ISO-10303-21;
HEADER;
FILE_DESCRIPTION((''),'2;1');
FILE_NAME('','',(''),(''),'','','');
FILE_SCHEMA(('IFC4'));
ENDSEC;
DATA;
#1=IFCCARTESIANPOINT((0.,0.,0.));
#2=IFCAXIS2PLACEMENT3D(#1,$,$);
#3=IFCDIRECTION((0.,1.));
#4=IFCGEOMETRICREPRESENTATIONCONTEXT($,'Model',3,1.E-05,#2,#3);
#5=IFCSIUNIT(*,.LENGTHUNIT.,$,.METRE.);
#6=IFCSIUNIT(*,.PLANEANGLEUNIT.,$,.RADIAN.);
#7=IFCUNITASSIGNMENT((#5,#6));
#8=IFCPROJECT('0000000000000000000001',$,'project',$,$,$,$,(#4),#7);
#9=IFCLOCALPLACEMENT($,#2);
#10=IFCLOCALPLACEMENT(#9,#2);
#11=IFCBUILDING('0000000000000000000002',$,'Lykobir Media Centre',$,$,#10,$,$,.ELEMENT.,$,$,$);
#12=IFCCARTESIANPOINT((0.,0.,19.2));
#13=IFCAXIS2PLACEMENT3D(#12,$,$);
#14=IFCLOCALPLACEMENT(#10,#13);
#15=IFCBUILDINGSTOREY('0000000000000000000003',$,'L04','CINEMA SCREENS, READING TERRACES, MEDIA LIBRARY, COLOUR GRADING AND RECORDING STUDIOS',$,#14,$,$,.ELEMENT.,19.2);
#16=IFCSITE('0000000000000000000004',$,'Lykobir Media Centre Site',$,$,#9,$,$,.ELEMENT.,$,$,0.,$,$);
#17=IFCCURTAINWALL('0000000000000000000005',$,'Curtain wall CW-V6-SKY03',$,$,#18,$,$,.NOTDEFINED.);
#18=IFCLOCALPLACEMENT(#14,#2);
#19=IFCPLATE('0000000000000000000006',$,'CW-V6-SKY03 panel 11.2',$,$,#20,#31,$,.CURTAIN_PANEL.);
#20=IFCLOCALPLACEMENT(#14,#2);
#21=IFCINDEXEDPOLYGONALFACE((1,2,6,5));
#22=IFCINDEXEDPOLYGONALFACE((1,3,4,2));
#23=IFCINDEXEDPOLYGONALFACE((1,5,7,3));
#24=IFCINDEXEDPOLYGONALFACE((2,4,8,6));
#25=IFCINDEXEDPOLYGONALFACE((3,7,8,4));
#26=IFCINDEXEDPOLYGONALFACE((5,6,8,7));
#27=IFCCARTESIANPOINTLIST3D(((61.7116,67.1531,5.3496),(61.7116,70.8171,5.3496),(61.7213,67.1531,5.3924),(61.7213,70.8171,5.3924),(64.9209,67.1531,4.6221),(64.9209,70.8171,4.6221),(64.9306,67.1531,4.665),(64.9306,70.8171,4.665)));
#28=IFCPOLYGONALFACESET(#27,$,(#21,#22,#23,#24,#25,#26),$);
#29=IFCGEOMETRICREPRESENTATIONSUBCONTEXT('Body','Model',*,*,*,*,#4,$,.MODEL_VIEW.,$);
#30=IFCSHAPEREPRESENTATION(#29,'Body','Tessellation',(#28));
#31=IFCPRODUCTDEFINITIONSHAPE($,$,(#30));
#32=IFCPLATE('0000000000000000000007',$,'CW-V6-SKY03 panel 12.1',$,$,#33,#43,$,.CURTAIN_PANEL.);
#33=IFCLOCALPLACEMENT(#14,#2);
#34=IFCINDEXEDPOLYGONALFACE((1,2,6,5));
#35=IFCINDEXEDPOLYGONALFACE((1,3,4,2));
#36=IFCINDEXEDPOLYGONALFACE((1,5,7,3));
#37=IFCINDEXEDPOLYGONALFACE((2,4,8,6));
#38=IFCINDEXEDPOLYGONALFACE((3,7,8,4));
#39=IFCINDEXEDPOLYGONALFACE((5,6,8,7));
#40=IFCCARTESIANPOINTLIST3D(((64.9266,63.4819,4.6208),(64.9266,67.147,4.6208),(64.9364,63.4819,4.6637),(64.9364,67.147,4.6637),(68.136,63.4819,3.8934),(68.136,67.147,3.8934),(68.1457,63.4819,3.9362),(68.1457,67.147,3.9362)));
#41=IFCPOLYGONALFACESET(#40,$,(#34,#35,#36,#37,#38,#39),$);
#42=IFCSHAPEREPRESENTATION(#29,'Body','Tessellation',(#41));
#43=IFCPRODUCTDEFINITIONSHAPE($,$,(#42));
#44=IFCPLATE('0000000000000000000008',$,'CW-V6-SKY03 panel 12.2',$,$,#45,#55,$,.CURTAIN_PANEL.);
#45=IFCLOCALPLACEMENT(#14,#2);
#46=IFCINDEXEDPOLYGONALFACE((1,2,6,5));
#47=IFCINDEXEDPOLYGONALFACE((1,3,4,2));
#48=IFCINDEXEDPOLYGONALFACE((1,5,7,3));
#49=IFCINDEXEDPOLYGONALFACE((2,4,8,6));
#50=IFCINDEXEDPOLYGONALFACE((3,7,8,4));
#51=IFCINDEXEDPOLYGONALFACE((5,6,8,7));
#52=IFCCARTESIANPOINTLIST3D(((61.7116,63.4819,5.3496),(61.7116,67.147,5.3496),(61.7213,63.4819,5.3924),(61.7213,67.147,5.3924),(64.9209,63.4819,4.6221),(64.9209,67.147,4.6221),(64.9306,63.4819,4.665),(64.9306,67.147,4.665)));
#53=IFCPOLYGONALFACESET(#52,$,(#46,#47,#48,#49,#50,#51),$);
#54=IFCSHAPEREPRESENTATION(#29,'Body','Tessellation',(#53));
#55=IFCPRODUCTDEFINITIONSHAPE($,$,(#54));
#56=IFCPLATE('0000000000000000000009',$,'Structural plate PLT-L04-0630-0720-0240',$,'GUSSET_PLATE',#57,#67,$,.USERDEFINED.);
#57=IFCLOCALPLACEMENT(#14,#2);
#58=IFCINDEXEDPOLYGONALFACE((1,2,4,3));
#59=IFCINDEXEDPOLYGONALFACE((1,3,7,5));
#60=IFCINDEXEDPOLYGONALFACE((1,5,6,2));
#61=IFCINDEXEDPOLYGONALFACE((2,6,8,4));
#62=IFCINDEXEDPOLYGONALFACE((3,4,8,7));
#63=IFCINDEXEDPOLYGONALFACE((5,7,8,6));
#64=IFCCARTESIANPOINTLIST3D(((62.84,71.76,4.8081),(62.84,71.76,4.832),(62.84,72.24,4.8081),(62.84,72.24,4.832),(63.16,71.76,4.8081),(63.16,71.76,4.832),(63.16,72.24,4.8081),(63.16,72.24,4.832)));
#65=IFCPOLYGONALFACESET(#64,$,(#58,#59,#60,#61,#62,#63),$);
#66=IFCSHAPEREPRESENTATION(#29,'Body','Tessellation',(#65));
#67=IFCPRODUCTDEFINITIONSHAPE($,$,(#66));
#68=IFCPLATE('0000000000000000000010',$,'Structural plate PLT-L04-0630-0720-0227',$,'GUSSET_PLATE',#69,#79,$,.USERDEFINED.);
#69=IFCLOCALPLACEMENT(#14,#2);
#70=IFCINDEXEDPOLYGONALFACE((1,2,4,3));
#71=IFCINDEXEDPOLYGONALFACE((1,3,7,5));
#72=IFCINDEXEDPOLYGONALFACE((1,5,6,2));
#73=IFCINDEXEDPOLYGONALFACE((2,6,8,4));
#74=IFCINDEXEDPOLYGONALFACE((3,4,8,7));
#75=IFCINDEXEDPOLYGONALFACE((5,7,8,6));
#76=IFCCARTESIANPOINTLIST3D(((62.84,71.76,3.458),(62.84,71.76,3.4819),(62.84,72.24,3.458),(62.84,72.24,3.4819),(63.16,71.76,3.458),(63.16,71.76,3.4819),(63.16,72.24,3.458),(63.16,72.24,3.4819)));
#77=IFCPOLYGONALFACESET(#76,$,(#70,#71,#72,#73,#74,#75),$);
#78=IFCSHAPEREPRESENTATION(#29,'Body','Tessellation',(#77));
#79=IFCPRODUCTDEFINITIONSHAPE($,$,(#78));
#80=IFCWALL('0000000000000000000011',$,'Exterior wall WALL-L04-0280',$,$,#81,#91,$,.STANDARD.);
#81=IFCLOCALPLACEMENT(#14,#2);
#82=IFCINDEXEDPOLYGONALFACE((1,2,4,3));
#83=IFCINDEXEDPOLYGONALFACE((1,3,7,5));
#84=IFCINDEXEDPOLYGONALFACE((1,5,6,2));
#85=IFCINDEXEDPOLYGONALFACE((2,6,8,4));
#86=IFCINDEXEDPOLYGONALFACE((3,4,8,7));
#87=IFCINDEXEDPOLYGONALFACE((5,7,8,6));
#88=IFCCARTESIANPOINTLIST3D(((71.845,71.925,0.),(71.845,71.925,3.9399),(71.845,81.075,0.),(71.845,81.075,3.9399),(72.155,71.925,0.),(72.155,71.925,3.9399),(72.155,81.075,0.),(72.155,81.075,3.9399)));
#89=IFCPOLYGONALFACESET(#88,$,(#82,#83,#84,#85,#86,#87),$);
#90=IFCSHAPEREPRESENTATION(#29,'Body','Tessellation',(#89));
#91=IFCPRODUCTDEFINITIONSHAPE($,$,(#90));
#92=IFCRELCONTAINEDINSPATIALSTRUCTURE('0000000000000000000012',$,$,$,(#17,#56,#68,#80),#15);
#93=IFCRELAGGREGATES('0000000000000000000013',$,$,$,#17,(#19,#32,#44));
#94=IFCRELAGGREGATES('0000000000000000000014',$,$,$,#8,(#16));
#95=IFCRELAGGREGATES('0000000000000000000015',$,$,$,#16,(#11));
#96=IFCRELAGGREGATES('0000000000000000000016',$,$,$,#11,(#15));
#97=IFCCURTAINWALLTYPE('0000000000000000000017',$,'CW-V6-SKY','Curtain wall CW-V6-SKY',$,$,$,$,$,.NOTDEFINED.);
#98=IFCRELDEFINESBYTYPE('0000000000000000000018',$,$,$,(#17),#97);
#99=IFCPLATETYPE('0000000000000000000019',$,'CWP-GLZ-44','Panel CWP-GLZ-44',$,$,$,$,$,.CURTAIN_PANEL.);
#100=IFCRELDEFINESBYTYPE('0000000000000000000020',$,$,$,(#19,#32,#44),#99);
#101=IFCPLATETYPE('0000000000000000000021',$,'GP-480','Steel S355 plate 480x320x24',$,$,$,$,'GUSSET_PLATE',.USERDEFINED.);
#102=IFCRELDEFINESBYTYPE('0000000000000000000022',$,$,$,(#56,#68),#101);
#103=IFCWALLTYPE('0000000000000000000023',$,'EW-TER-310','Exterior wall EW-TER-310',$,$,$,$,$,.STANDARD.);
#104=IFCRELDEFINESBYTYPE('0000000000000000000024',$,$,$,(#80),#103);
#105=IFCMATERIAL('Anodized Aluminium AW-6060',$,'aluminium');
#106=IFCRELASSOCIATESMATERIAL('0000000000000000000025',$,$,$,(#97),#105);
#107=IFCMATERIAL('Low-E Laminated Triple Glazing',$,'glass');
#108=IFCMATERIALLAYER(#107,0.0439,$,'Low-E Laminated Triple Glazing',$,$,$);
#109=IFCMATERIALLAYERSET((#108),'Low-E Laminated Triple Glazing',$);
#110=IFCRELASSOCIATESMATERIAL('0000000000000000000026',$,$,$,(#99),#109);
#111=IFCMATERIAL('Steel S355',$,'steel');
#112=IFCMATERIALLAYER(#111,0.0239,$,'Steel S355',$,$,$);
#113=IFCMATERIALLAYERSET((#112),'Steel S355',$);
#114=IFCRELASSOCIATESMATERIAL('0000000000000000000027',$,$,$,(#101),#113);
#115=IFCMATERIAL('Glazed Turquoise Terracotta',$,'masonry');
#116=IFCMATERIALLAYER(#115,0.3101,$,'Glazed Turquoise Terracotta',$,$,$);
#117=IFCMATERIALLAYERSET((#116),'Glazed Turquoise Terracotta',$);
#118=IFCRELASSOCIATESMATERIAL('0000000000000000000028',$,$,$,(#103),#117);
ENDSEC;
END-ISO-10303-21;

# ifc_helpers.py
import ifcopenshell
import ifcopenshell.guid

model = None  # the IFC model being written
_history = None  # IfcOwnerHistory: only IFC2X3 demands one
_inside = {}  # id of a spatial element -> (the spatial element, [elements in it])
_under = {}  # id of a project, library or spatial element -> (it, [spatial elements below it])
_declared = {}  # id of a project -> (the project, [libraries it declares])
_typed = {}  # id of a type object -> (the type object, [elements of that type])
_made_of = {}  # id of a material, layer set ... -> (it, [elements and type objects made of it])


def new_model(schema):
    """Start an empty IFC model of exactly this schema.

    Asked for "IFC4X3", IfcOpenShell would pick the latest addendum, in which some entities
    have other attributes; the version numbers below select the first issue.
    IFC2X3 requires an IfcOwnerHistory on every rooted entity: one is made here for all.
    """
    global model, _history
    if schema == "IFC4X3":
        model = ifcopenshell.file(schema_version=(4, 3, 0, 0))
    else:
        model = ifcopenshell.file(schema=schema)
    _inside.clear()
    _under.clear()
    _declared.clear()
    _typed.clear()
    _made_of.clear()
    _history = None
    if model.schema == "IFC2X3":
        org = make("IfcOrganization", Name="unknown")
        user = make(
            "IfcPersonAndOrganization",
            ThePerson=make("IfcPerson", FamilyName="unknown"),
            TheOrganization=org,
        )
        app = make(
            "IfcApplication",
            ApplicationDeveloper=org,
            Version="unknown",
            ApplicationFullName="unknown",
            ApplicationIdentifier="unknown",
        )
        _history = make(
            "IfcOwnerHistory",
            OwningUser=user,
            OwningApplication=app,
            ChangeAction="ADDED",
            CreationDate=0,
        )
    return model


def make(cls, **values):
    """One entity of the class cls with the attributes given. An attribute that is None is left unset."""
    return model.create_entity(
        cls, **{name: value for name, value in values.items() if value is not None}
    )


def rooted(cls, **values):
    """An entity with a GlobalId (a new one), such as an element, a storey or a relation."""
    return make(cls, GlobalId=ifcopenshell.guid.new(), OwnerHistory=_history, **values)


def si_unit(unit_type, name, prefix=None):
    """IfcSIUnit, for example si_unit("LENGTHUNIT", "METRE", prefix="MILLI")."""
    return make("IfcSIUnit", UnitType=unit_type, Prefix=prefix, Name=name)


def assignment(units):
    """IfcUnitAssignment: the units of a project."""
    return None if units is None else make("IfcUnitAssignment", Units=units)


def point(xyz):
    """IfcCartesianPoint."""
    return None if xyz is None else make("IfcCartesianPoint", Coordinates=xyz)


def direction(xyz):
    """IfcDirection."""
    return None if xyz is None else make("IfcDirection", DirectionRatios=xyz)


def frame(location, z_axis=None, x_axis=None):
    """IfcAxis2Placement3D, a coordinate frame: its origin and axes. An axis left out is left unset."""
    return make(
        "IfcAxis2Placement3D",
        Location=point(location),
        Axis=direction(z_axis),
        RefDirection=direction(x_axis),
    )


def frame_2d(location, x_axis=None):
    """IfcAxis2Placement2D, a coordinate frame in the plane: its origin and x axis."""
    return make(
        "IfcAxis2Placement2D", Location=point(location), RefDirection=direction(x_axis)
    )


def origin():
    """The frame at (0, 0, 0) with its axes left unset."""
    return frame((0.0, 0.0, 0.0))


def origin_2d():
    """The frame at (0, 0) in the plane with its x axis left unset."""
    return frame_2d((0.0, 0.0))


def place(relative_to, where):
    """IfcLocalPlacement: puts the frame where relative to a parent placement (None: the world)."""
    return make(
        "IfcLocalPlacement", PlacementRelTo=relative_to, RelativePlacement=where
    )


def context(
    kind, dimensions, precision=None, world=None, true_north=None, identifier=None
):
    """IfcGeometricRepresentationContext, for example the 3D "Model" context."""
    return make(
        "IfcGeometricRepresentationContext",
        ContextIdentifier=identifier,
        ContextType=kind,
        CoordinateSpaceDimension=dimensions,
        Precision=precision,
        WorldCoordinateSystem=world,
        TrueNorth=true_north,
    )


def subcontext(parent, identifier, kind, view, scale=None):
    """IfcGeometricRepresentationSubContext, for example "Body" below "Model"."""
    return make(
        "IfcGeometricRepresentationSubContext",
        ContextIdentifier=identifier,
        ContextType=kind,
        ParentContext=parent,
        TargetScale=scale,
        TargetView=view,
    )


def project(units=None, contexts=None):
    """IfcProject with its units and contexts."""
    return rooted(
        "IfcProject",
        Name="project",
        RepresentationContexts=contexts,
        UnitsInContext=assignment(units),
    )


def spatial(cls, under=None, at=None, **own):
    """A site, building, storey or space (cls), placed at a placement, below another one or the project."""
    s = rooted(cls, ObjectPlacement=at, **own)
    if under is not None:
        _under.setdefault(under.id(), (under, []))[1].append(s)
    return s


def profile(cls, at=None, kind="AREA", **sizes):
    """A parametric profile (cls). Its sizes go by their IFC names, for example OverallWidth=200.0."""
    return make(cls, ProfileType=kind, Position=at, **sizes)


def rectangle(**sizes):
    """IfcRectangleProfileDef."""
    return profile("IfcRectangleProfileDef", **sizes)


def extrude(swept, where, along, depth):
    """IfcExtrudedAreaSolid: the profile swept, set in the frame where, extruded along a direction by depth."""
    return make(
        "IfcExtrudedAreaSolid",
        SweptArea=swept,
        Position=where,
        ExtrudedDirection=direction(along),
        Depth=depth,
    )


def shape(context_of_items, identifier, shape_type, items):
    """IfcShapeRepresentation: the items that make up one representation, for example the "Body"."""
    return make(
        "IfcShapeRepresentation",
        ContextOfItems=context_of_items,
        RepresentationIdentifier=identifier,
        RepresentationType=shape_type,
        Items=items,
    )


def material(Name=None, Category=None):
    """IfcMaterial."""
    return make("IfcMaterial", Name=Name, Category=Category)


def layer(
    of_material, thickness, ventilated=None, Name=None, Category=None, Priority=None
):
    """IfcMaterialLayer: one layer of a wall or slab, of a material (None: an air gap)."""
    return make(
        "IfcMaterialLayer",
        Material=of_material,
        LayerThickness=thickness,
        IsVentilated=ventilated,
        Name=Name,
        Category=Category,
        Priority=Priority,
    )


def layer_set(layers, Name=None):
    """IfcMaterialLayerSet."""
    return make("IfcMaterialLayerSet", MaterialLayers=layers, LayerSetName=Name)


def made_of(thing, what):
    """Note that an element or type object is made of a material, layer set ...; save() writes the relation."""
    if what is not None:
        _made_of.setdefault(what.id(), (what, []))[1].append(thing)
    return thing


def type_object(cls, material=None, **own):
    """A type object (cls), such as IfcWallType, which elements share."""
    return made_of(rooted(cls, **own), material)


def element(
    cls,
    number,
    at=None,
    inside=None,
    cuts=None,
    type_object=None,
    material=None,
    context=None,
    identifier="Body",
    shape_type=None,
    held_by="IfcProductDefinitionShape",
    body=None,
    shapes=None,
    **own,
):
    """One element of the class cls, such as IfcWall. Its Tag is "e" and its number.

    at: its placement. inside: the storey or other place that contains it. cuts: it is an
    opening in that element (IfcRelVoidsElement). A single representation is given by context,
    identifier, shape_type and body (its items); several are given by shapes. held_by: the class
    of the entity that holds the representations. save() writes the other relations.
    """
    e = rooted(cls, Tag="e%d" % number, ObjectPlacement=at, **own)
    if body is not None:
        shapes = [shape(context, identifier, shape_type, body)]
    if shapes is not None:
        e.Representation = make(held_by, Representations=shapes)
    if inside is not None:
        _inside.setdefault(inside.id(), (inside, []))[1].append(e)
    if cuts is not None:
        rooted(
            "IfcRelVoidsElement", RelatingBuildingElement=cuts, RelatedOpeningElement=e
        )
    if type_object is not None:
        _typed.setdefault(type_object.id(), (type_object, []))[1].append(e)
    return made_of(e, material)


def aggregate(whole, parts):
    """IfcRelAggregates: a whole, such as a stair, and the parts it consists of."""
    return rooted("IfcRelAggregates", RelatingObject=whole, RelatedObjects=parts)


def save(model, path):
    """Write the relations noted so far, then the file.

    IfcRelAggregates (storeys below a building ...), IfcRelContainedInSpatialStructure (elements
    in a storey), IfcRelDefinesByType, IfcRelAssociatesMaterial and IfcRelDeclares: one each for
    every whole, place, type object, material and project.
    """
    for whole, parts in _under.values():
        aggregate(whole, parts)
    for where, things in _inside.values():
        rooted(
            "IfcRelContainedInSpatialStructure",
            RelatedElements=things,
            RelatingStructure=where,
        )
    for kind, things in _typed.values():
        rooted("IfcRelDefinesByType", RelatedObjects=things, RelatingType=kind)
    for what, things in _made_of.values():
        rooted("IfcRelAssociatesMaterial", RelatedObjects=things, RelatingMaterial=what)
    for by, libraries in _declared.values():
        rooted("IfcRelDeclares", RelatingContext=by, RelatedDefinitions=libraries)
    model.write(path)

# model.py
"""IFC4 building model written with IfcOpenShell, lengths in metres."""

from ifc_helpers import new_model, si_unit, direction, frame, frame_2d, origin, origin_2d, place, context, subcontext, project, spatial, rectangle, extrude, material, layer, layer_set, type_object, element, aggregate, save


model = new_model("IFC4")

# Units and contexts
model_context = context("Model", 3, precision=1e-05, world=origin(), true_north=direction((0.0, 1.0)))
body_context = subcontext(model_context, "Body", "Model", "MODEL_VIEW")
ifc_project = project(units=[si_unit("LENGTHUNIT", "METRE"), si_unit("PLANEANGLEUNIT", "RADIAN")], contexts=[model_context])

# Site, building, storey
site_placement = place(None, origin())
site = spatial("IfcSite", under=ifc_project, at=site_placement, Name="Lykobir Media Centre Site", CompositionType="ELEMENT", RefElevation=0.0)
building_placement = place(site_placement, origin())
building = spatial("IfcBuilding", under=site, at=building_placement, Name="Lykobir Media Centre", CompositionType="ELEMENT")
storey_placement = place(building_placement, frame((0.0, 0.0, 19.2)))
storey = spatial("IfcBuildingStorey", under=building, at=storey_placement, Name="L04", Description="CINEMA SCREENS, READING TERRACES, MEDIA LIBRARY, COLOUR GRADING AND RECORDING STUDIOS", CompositionType="ELEMENT", Elevation=19.2)

# Shared definitions
ifc_material_1 = material(Name="Steel S355", Category="steel")

# Curtain wall
ifc_material_2 = material(Name="Anodized Aluminium AW-6060", Category="aluminium")
curtain_wall_type_1 = type_object("IfcCurtainWallType", Name="CW-V6-SKY", Description="Curtain wall CW-V6-SKY", PredefinedType="NOTDEFINED", material=ifc_material_2)
curtain_wall_1_placement = place(storey_placement, origin())
curtain_wall_1 = element("IfcCurtainWall", 1, at=curtain_wall_1_placement, inside=storey, type_object=curtain_wall_type_1, Name="Curtain wall CW-V6-SKY03", PredefinedType="NOTDEFINED")

# Plates
ifc_material_3 = material(Name="Low-E Laminated Triple Glazing", Category="glass")
ifc_layer_1 = layer(ifc_material_3, 0.0439, Name="Low-E Laminated Triple Glazing")
ifc_layer_set_1 = layer_set([ifc_layer_1], Name="Low-E Laminated Triple Glazing")
plate_type_1 = type_object("IfcPlateType", Name="CWP-GLZ-44", Description="Panel CWP-GLZ-44", PredefinedType="CURTAIN_PANEL", material=ifc_layer_set_1)
plate_1_placement = place(storey_placement, frame((64.9258, 68.9851, 4.6436), z_axis=(-0.975261, 0.0, 0.221055), x_axis=(0.0, -1.0, 0.0)))
plate_1 = element("IfcPlate", 2, at=plate_1_placement, type_object=plate_type_1, Name="CW-V6-SKY03 panel 11.2", PredefinedType="CURTAIN_PANEL", context=body_context, shape_type="SweptSolid", body=[
    extrude(rectangle(XDim=3.6641, YDim=0.0439, at=origin_2d()), origin(), (0.0, 0.0, 1.0), 3.2908),
])
plate_2_placement = place(storey_placement, frame((68.1409, 65.3145, 3.9148), z_axis=(-0.975261, 0.0, 0.221055), x_axis=(0.0, -1.0, 0.0)))
plate_2 = element("IfcPlate", 3, at=plate_2_placement, type_object=plate_type_1, Name="CW-V6-SKY03 panel 12.1", PredefinedType="CURTAIN_PANEL", context=body_context, shape_type="SweptSolid", body=[
    extrude(rectangle(XDim=3.665, YDim=0.0439, at=origin_2d()), origin(), (0.0, 0.0, 1.0), 3.2908),
])
plate_3_placement = place(storey_placement, frame((64.9258, 65.3145, 4.6436), z_axis=(-0.975261, 0.0, 0.221055), x_axis=(0.0, -1.0, 0.0)))
plate_3 = element("IfcPlate", 4, at=plate_3_placement, type_object=plate_type_1, Name="CW-V6-SKY03 panel 12.2", PredefinedType="CURTAIN_PANEL", context=body_context, shape_type="SweptSolid", body=[
    extrude(rectangle(XDim=3.665, YDim=0.0439, at=origin_2d()), origin(), (0.0, 0.0, 1.0), 3.2908),
])
aggregate(curtain_wall_1, [plate_1, plate_2, plate_3])

# Plates
ifc_layer_2 = layer(ifc_material_1, 0.0239, Name="Steel S355")
ifc_layer_set_2 = layer_set([ifc_layer_2], Name="Steel S355")
plate_type_2 = type_object("IfcPlateType", Name="GP-480", Description="Steel S355 plate 480x320x24", ElementType="GUSSET_PLATE", PredefinedType="USERDEFINED", material=ifc_layer_set_2)
for number, where, z_axis, x_axis, name in (
    (5, (63.0, 72.0, 4.8081), (0.0, 0.0, 1.0), (0.0, 1.0, 0.0), "Structural plate PLT-L04-0630-0720-0240"),
    (6, (63.0, 72.0, 3.458), (0.0, 0.0, 1.0), (0.0, 1.0, 0.0), "Structural plate PLT-L04-0630-0720-0227"),
):
    element("IfcPlate", number, at=place(storey_placement, frame(where, z_axis=z_axis, x_axis=x_axis)), inside=storey, type_object=plate_type_2, Name=name, ObjectType="GUSSET_PLATE", PredefinedType="USERDEFINED", context=body_context, shape_type="SweptSolid", body=[
        extrude(rectangle(XDim=0.48, YDim=0.3201, at=origin_2d()), origin(), (0.0, 0.0, 1.0), 0.0239),
    ])

# Wall
ifc_material_4 = material(Name="Glazed Turquoise Terracotta", Category="masonry")
ifc_layer_3 = layer(ifc_material_4, 0.3101, Name="Glazed Turquoise Terracotta")
ifc_layer_set_3 = layer_set([ifc_layer_3], Name="Glazed Turquoise Terracotta")
wall_type = type_object("IfcWallType", Name="EW-TER-310", Description="Exterior wall EW-TER-310", PredefinedType="STANDARD", material=ifc_layer_set_3)
wall_placement = place(storey_placement, frame((72.0, 71.925, 0.0), z_axis=(0.0, 0.0, 1.0), x_axis=(0.0, 1.0, 0.0)))
element("IfcWall", 7, at=wall_placement, inside=storey, type_object=wall_type, Name="Exterior wall WALL-L04-0280", PredefinedType="STANDARD", context=body_context, shape_type="SweptSolid", body=[
    extrude(rectangle(XDim=9.1499, YDim=0.3101, at=frame_2d((4.575, 0.0))), origin(), (0.0, 0.0, 1.0), 3.9399),
])

save(model, "model.ifc")
